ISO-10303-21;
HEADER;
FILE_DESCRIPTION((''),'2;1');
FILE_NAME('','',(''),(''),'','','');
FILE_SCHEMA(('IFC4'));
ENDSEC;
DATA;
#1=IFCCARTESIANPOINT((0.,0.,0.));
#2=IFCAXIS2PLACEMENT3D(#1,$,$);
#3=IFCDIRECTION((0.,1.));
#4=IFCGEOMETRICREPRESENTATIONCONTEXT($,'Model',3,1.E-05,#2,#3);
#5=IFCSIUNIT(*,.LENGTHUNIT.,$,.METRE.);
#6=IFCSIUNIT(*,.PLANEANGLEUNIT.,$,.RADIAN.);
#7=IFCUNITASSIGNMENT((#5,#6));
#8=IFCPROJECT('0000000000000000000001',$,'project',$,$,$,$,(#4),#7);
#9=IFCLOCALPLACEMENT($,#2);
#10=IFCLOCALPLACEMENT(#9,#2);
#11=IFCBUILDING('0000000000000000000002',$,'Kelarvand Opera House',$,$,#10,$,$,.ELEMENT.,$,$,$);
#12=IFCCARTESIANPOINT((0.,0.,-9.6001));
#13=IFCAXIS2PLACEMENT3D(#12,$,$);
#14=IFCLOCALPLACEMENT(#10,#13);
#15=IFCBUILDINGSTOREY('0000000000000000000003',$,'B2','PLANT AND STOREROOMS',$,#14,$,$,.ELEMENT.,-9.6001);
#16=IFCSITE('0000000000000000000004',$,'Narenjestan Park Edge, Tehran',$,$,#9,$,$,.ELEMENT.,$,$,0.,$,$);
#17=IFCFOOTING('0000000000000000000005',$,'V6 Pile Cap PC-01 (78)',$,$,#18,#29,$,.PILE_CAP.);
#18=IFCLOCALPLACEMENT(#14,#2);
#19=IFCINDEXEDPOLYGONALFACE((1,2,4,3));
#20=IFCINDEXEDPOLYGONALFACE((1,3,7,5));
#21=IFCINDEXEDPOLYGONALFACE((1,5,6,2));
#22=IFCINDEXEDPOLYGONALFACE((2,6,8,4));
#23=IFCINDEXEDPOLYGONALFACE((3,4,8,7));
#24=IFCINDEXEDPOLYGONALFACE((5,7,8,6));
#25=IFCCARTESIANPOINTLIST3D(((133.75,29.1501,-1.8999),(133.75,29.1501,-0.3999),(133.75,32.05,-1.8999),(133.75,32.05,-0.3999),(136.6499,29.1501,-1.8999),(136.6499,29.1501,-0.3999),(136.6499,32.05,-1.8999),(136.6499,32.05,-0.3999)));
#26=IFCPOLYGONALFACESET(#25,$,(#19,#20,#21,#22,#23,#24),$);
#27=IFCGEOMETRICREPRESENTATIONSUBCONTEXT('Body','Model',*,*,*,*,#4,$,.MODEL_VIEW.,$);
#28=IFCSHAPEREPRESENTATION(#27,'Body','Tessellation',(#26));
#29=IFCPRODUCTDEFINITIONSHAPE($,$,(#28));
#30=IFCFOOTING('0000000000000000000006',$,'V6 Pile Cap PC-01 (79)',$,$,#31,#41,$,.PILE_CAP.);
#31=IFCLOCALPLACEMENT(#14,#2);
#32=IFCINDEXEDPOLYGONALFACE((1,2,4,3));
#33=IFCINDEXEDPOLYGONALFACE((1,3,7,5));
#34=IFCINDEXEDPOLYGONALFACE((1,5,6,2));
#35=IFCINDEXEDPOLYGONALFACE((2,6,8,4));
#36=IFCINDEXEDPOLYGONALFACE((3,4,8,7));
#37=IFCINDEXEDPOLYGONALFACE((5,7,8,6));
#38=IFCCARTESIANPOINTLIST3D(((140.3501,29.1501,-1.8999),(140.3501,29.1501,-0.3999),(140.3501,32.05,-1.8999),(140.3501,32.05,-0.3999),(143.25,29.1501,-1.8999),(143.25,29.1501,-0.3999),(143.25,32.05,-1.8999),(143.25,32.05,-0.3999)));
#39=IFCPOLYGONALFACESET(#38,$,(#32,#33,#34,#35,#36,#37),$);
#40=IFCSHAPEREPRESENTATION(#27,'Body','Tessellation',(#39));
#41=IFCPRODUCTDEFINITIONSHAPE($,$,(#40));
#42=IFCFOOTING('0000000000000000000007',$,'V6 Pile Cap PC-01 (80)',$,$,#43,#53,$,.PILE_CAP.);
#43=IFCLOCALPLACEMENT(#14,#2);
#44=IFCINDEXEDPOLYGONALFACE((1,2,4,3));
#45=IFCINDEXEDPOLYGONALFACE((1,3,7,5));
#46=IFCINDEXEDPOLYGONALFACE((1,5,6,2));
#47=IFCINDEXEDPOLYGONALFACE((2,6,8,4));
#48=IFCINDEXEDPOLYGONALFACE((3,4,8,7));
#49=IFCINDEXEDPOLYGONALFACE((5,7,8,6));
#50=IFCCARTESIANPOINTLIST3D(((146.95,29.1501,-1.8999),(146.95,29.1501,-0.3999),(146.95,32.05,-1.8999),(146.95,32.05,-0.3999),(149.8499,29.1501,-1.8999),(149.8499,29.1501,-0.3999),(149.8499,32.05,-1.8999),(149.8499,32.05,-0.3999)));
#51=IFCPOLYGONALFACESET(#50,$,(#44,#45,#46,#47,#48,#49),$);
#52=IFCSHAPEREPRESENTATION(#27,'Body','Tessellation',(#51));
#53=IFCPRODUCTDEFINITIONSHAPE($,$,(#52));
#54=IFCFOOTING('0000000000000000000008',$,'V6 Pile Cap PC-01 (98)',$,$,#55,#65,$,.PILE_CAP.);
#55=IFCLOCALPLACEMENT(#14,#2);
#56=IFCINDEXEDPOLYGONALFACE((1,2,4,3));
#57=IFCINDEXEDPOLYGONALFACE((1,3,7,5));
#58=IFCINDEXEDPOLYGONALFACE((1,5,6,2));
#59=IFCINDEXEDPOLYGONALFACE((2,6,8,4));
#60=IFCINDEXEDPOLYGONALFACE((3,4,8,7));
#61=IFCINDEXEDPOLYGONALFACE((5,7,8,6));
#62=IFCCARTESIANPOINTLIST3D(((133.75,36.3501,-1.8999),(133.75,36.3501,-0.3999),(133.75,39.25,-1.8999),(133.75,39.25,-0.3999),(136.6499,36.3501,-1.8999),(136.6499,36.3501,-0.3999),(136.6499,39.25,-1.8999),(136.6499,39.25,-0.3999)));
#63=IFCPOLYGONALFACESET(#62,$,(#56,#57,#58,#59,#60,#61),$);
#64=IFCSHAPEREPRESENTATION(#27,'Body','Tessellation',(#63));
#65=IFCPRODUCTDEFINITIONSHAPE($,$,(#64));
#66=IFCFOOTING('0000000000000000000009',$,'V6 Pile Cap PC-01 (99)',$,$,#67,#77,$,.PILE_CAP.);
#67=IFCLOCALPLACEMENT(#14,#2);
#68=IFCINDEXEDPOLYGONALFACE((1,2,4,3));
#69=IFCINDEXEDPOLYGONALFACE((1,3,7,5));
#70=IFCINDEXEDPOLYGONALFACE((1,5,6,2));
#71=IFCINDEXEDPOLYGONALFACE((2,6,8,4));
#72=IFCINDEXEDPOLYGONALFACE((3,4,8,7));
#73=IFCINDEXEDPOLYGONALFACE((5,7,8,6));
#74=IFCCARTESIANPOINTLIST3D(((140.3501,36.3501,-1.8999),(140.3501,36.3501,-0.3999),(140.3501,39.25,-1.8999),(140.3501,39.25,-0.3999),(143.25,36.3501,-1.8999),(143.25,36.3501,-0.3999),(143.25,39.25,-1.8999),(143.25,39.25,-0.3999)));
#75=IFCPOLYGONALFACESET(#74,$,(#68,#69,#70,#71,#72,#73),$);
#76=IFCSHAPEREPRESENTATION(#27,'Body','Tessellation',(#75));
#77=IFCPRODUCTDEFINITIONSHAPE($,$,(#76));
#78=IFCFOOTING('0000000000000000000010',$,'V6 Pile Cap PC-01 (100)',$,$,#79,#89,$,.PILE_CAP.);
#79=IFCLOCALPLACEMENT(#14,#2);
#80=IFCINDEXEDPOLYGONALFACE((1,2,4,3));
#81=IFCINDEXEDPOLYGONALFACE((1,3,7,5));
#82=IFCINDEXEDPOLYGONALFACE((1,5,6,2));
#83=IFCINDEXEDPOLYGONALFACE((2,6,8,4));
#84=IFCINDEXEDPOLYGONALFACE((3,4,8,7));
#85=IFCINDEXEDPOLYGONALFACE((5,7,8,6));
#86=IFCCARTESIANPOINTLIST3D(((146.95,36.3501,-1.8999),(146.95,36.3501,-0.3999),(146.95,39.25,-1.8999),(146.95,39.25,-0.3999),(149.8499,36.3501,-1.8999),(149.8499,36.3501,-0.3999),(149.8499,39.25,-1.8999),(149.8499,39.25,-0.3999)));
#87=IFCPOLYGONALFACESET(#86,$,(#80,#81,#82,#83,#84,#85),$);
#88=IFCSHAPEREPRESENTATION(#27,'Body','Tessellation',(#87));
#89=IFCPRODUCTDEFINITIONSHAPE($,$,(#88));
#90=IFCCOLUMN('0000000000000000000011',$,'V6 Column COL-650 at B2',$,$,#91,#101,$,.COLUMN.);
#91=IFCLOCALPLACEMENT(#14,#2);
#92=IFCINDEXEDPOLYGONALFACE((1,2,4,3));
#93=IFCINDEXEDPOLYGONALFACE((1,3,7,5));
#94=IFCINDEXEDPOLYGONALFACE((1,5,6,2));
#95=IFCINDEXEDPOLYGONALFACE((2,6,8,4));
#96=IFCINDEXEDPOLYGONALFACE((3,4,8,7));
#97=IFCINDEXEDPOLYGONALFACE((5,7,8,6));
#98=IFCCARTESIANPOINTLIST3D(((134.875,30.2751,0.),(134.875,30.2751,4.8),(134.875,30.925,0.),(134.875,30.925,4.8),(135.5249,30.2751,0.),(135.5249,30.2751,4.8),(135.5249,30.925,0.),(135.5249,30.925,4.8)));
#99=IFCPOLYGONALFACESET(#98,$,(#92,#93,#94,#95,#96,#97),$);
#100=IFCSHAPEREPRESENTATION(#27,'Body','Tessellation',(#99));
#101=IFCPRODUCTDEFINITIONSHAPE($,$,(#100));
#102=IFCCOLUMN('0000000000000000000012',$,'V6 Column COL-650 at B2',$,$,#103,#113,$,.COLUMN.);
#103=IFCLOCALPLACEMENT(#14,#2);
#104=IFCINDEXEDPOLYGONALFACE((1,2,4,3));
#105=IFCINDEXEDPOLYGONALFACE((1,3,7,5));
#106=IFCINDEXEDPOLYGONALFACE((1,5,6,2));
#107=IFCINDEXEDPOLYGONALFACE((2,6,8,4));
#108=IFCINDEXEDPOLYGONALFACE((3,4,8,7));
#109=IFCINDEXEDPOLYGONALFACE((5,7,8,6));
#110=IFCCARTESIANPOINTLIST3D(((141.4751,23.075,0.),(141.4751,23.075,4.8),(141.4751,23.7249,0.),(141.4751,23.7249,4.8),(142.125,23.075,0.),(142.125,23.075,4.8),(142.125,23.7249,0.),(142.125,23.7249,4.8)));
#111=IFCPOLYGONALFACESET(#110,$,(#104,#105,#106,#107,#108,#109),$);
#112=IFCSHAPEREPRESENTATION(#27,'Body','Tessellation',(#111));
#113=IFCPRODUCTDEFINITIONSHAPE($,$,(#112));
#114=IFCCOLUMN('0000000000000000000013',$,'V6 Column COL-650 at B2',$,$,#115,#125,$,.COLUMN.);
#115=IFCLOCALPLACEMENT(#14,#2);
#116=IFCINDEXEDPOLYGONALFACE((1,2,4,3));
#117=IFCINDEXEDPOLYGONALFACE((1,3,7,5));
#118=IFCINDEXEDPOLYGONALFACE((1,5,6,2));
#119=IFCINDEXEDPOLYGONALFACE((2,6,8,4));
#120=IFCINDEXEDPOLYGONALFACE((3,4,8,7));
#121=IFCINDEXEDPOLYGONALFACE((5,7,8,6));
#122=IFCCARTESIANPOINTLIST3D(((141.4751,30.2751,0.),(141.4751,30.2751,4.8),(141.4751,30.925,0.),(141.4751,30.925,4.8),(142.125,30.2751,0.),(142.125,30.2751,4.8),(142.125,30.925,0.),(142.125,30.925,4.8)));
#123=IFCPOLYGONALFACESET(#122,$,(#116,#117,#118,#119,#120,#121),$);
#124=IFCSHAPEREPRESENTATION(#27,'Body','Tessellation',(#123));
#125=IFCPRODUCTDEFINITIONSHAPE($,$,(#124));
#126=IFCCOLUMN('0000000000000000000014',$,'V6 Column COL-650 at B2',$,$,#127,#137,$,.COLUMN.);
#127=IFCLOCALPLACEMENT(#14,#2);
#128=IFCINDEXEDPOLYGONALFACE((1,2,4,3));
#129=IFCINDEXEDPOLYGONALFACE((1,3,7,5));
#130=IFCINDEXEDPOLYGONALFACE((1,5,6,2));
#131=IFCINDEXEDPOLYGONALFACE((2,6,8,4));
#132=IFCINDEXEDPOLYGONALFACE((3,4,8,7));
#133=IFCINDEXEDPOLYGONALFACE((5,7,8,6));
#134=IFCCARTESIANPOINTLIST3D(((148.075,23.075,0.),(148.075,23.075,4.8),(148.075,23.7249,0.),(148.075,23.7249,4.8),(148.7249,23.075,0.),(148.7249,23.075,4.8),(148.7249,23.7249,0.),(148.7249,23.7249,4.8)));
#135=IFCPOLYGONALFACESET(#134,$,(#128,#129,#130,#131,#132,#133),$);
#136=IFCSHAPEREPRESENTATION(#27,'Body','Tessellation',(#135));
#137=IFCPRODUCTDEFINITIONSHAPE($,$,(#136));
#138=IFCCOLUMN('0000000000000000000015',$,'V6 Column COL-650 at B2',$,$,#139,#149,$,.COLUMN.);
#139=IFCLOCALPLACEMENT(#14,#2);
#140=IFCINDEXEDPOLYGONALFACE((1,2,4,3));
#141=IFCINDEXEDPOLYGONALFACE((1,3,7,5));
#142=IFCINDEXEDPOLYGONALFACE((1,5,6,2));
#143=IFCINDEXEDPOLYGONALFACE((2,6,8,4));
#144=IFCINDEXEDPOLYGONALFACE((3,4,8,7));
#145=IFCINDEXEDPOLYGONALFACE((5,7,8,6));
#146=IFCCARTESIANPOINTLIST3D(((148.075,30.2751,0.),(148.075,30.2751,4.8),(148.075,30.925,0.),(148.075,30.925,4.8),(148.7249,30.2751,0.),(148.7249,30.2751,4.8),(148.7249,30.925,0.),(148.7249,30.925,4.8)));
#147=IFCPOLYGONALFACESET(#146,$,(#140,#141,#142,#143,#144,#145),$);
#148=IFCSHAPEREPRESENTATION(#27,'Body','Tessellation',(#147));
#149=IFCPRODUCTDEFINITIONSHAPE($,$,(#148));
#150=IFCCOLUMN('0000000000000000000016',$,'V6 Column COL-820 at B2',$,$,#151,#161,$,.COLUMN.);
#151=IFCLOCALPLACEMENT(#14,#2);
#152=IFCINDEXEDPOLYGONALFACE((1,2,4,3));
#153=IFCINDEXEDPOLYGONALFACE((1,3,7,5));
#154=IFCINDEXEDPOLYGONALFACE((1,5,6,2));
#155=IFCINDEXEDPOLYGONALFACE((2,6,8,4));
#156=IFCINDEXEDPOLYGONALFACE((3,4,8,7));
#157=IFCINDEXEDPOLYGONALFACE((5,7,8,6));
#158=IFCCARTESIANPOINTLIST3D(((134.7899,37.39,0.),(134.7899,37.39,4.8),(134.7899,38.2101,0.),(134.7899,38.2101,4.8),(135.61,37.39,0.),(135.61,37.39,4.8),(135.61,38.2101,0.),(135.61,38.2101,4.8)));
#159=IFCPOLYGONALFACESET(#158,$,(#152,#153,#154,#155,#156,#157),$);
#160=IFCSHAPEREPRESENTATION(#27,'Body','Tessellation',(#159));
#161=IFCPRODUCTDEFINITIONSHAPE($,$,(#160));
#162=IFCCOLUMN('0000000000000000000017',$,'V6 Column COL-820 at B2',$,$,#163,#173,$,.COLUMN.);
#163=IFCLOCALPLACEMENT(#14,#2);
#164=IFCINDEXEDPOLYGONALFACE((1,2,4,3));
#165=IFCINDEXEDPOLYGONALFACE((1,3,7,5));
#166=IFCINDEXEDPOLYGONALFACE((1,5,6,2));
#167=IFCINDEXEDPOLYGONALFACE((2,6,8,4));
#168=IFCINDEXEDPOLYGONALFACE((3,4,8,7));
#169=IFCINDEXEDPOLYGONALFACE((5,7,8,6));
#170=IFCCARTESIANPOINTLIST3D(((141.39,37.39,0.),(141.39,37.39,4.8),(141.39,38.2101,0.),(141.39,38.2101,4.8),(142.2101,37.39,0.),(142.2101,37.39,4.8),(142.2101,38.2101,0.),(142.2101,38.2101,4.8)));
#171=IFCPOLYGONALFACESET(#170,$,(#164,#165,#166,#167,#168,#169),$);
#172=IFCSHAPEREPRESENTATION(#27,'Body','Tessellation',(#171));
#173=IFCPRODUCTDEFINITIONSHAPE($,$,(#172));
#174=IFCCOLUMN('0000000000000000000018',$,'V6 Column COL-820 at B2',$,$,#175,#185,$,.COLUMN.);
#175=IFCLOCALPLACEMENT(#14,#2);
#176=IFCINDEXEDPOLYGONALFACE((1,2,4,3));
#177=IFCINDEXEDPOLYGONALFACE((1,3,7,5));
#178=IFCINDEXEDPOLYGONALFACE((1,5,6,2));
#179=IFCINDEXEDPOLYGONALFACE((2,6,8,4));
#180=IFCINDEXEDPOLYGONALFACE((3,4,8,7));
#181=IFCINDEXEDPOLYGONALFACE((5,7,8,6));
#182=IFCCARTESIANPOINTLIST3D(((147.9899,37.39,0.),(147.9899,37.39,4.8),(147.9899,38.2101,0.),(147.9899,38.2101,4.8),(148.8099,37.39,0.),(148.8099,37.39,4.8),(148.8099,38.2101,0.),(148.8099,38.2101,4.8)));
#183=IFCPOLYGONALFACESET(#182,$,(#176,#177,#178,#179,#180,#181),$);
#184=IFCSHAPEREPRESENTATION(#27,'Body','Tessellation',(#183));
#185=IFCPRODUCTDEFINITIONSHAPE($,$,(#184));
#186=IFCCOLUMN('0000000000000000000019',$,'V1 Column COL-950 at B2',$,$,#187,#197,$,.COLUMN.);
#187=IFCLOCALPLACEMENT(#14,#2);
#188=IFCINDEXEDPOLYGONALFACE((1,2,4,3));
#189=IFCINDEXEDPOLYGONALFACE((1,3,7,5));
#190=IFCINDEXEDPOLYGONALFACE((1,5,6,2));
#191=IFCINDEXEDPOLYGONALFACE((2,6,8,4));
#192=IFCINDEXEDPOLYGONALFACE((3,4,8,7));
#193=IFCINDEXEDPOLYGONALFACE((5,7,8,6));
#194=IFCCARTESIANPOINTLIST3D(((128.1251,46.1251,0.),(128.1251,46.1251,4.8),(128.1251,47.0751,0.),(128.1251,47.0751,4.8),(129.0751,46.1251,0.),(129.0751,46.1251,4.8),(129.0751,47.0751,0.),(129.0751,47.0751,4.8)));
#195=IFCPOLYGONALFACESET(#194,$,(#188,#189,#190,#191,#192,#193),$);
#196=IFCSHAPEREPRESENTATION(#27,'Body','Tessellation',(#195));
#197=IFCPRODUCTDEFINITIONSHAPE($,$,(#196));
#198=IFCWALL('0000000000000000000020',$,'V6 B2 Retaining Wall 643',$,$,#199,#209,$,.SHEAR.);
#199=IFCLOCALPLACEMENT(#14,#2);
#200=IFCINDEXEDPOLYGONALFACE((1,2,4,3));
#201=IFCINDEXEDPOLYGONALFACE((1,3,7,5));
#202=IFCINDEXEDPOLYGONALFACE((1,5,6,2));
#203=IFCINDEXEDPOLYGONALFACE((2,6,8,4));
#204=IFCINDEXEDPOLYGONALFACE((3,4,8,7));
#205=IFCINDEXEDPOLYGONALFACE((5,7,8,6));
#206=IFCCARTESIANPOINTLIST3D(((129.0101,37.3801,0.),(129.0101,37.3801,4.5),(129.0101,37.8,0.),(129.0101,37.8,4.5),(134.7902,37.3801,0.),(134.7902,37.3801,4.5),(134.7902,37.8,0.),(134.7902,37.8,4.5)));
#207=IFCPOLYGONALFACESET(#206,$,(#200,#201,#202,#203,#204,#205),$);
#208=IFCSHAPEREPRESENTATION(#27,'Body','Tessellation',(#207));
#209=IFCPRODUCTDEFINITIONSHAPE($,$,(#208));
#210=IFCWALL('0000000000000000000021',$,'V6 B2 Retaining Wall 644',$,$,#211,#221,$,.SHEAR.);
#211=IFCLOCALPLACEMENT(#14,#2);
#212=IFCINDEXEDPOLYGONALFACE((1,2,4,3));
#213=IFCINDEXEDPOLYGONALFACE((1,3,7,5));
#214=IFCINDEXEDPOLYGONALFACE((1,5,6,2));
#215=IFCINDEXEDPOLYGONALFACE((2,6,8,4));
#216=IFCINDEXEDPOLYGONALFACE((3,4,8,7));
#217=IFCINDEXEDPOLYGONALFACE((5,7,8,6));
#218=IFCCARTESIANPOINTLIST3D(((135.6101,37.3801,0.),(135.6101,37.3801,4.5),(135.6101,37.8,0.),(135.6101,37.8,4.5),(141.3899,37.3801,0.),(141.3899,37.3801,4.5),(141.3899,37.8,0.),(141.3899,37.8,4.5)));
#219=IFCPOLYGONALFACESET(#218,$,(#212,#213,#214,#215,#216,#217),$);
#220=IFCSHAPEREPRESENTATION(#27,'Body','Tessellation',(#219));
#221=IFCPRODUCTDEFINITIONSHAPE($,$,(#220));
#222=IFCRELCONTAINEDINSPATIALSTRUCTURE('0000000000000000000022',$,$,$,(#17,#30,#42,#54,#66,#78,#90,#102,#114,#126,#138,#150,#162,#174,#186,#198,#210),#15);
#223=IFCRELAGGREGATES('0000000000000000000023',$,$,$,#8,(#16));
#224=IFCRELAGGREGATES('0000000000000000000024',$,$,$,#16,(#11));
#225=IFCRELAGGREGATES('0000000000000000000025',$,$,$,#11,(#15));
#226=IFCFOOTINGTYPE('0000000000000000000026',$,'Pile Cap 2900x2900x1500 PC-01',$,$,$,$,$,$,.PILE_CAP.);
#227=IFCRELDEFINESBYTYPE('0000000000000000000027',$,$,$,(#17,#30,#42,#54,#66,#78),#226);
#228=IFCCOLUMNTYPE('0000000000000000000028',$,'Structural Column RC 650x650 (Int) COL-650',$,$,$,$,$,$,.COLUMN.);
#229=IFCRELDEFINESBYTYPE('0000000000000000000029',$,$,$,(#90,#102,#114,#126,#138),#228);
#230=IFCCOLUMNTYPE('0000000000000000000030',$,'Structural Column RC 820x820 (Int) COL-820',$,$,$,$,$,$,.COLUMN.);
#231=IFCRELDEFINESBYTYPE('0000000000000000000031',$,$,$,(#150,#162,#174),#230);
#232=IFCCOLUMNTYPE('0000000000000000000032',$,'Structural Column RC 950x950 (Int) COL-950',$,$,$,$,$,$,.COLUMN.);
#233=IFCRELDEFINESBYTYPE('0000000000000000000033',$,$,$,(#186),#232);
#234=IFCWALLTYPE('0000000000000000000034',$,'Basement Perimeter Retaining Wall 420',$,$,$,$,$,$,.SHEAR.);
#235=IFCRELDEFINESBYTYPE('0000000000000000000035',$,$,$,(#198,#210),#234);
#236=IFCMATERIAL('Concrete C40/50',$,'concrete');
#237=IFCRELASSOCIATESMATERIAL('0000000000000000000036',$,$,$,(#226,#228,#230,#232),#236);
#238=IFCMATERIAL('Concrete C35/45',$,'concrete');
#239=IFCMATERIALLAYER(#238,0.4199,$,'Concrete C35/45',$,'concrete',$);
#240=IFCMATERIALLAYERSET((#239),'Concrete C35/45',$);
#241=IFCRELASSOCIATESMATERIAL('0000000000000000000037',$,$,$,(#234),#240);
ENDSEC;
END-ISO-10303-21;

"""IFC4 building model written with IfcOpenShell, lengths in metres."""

from ifc_helpers import new_model, si_unit, direction, frame, frame_2d, origin, origin_2d, place, context, subcontext, project, spatial, rectangle, extrude, material, layer, layer_set, material_profile, profile_set, type_object, element, save


model = new_model("IFC4")

# Units and contexts
model_context = context("Model", 3, precision=1e-05, world=origin(), true_north=direction((0.0, 1.0)))
body_context = subcontext(model_context, "Body", "Model", "MODEL_VIEW")
ifc_project = project(units=[si_unit("LENGTHUNIT", "METRE"), si_unit("PLANEANGLEUNIT", "RADIAN")], contexts=[model_context])

# Site, building, storey
site_placement = place(None, origin())
site = spatial("IfcSite", under=ifc_project, at=site_placement, Name="Narenjestan Park Edge, Tehran", CompositionType="ELEMENT", RefElevation=0.0)
building_placement = place(site_placement, origin())
building = spatial("IfcBuilding", under=site, at=building_placement, Name="Kelarvand Opera House", CompositionType="ELEMENT")
storey_placement = place(building_placement, frame((0.0, 0.0, -9.6001)))
storey = spatial("IfcBuildingStorey", under=building, at=storey_placement, Name="B2", Description="PLANT AND STOREROOMS", CompositionType="ELEMENT", Elevation=-9.6001)

# Shared definitions
ifc_material_1 = material(Name="Concrete C40/50", Category="concrete")

# Footings
footing_type = type_object("IfcFootingType", Name="Pile Cap 2900x2900x1500 PC-01", PredefinedType="PILE_CAP", material=ifc_material_1)
for number, where, z_axis, x_axis, name in (
    (1, (135.2, 30.6001, -1.8999), (0.0, 0.0, 1.0), (1.0, 0.0, 0.0), "V6 Pile Cap PC-01 (78)"),
    (2, (141.8, 30.6001, -1.8999), (0.0, 0.0, 1.0), (1.0, 0.0, 0.0), "V6 Pile Cap PC-01 (79)"),
    (3, (148.3999, 30.6001, -1.8999), (0.0, 0.0, 1.0), (1.0, 0.0, 0.0), "V6 Pile Cap PC-01 (80)"),
    (4, (135.2, 37.8, -1.8999), (0.0, 0.0, 1.0), (1.0, 0.0, 0.0), "V6 Pile Cap PC-01 (98)"),
    (5, (141.8, 37.8, -1.8999), (0.0, 0.0, 1.0), (1.0, 0.0, 0.0), "V6 Pile Cap PC-01 (99)"),
    (6, (148.3999, 37.8, -1.8999), (0.0, 0.0, 1.0), (1.0, 0.0, 0.0), "V6 Pile Cap PC-01 (100)"),
):
    element("IfcFooting", number, at=place(storey_placement, frame(where, z_axis=z_axis, x_axis=x_axis)), inside=storey, type_object=footing_type, Name=name, PredefinedType="PILE_CAP", context=body_context, shape_type="SweptSolid", body=[
        extrude(rectangle(XDim=2.8999, YDim=2.8999, at=origin_2d()), origin(), (0.0, 0.0, 1.0), 1.5),
    ])

# Columns
ifc_material_profile_1 = material_profile(ifc_material_1, rectangle(XDim=0.6499, YDim=0.6499, at=origin_2d()), Name="RC 650x650", Category="concrete")
ifc_profile_set_1 = profile_set([ifc_material_profile_1], Name="Concrete C40/50")
column_type_1 = type_object("IfcColumnType", Name="Structural Column RC 650x650 (Int) COL-650", PredefinedType="COLUMN", material=ifc_profile_set_1)
for number, where, z_axis, x_axis, name in (
    (7, (135.2, 30.6001, 0.0), (0.0, 0.0, 1.0), (1.0, 0.0, 0.0), "V6 Column COL-650 at B2"),
    (8, (141.8, 23.3999, 0.0), (0.0, 0.0, 1.0), (1.0, 0.0, 0.0), "V6 Column COL-650 at B2"),
    (9, (141.8, 30.6001, 0.0), (0.0, 0.0, 1.0), (1.0, 0.0, 0.0), "V6 Column COL-650 at B2"),
    (10, (148.3999, 23.3999, 0.0), (0.0, 0.0, 1.0), (1.0, 0.0, 0.0), "V6 Column COL-650 at B2"),
    (11, (148.3999, 30.6001, 0.0), (0.0, 0.0, 1.0), (1.0, 0.0, 0.0), "V6 Column COL-650 at B2"),
):
    element("IfcColumn", number, at=place(storey_placement, frame(where, z_axis=z_axis, x_axis=x_axis)), inside=storey, type_object=column_type_1, Name=name, PredefinedType="COLUMN", context=body_context, shape_type="SweptSolid", body=[
        extrude(rectangle(XDim=0.6499, YDim=0.6499, at=origin_2d()), origin(), (0.0, 0.0, 1.0), 4.8),
    ])
ifc_material_profile_2 = material_profile(ifc_material_1, rectangle(XDim=0.8201, YDim=0.8201, at=origin_2d()), Name="RC 820x820", Category="concrete")
ifc_profile_set_2 = profile_set([ifc_material_profile_2], Name="Concrete C40/50")
column_type_2 = type_object("IfcColumnType", Name="Structural Column RC 820x820 (Int) COL-820", PredefinedType="COLUMN", material=ifc_profile_set_2)
for number, where, z_axis, x_axis, name in (
    (12, (135.2, 37.8, 0.0), (0.0, 0.0, 1.0), (1.0, 0.0, 0.0), "V6 Column COL-820 at B2"),
    (13, (141.8, 37.8, 0.0), (0.0, 0.0, 1.0), (1.0, 0.0, 0.0), "V6 Column COL-820 at B2"),
    (14, (148.3999, 37.8, 0.0), (0.0, 0.0, 1.0), (1.0, 0.0, 0.0), "V6 Column COL-820 at B2"),
):
    element("IfcColumn", number, at=place(storey_placement, frame(where, z_axis=z_axis, x_axis=x_axis)), inside=storey, type_object=column_type_2, Name=name, PredefinedType="COLUMN", context=body_context, shape_type="SweptSolid", body=[
        extrude(rectangle(XDim=0.8201, YDim=0.8201, at=origin_2d()), origin(), (0.0, 0.0, 1.0), 4.8),
    ])
ifc_material_profile_3 = material_profile(ifc_material_1, rectangle(XDim=0.95, YDim=0.95, at=origin_2d()), Name="RC 950x950", Category="concrete")
ifc_profile_set_3 = profile_set([ifc_material_profile_3], Name="Concrete C40/50")
column_type_3 = type_object("IfcColumnType", Name="Structural Column RC 950x950 (Int) COL-950", PredefinedType="COLUMN", material=ifc_profile_set_3)
column_placement = place(storey_placement, frame((128.6001, 46.6001, 0.0), z_axis=(0.0, 0.0, 1.0), x_axis=(1.0, 0.0, 0.0)))
element("IfcColumn", 15, at=column_placement, inside=storey, type_object=column_type_3, Name="V1 Column COL-950 at B2", PredefinedType="COLUMN", context=body_context, shape_type="SweptSolid", body=[
    extrude(rectangle(XDim=0.95, YDim=0.95, at=origin_2d()), origin(), (0.0, 0.0, 1.0), 4.8),
])

# Walls
ifc_material_2 = material(Name="Concrete C35/45", Category="concrete")
ifc_layer = layer(ifc_material_2, 0.4199, Name="Concrete C35/45", Category="concrete")
ifc_layer_set = layer_set([ifc_layer], Name="Concrete C35/45")
wall_type = type_object("IfcWallType", Name="Basement Perimeter Retaining Wall 420", PredefinedType="SHEAR", material=ifc_layer_set)
wall_1_placement = place(storey_placement, frame((129.01, 37.5901, 0.0), z_axis=(0.0, 0.0, 1.0), x_axis=(1.0, 0.0, 0.0)))
element("IfcWall", 16, at=wall_1_placement, inside=storey, type_object=wall_type, Name="V6 B2 Retaining Wall 643", PredefinedType="SHEAR", context=body_context, shape_type="SweptSolid", body=[
    extrude(rectangle(XDim=5.78, YDim=0.4199, at=frame_2d((2.8901, 0.0))), origin(), (0.0, 0.0, 1.0), 4.5),
])
wall_2_placement = place(storey_placement, frame((135.6101, 37.5901, 0.0), z_axis=(0.0, 0.0, 1.0), x_axis=(1.0, 0.0, 0.0)))
element("IfcWall", 17, at=wall_2_placement, inside=storey, type_object=wall_type, Name="V6 B2 Retaining Wall 644", PredefinedType="SHEAR", context=body_context, shape_type="SweptSolid", body=[
    extrude(rectangle(XDim=5.7798, YDim=0.4199, at=frame_2d((2.8899, 0.0))), origin(), (0.0, 0.0, 1.0), 4.5),
])

save(model, "model.ifc")
